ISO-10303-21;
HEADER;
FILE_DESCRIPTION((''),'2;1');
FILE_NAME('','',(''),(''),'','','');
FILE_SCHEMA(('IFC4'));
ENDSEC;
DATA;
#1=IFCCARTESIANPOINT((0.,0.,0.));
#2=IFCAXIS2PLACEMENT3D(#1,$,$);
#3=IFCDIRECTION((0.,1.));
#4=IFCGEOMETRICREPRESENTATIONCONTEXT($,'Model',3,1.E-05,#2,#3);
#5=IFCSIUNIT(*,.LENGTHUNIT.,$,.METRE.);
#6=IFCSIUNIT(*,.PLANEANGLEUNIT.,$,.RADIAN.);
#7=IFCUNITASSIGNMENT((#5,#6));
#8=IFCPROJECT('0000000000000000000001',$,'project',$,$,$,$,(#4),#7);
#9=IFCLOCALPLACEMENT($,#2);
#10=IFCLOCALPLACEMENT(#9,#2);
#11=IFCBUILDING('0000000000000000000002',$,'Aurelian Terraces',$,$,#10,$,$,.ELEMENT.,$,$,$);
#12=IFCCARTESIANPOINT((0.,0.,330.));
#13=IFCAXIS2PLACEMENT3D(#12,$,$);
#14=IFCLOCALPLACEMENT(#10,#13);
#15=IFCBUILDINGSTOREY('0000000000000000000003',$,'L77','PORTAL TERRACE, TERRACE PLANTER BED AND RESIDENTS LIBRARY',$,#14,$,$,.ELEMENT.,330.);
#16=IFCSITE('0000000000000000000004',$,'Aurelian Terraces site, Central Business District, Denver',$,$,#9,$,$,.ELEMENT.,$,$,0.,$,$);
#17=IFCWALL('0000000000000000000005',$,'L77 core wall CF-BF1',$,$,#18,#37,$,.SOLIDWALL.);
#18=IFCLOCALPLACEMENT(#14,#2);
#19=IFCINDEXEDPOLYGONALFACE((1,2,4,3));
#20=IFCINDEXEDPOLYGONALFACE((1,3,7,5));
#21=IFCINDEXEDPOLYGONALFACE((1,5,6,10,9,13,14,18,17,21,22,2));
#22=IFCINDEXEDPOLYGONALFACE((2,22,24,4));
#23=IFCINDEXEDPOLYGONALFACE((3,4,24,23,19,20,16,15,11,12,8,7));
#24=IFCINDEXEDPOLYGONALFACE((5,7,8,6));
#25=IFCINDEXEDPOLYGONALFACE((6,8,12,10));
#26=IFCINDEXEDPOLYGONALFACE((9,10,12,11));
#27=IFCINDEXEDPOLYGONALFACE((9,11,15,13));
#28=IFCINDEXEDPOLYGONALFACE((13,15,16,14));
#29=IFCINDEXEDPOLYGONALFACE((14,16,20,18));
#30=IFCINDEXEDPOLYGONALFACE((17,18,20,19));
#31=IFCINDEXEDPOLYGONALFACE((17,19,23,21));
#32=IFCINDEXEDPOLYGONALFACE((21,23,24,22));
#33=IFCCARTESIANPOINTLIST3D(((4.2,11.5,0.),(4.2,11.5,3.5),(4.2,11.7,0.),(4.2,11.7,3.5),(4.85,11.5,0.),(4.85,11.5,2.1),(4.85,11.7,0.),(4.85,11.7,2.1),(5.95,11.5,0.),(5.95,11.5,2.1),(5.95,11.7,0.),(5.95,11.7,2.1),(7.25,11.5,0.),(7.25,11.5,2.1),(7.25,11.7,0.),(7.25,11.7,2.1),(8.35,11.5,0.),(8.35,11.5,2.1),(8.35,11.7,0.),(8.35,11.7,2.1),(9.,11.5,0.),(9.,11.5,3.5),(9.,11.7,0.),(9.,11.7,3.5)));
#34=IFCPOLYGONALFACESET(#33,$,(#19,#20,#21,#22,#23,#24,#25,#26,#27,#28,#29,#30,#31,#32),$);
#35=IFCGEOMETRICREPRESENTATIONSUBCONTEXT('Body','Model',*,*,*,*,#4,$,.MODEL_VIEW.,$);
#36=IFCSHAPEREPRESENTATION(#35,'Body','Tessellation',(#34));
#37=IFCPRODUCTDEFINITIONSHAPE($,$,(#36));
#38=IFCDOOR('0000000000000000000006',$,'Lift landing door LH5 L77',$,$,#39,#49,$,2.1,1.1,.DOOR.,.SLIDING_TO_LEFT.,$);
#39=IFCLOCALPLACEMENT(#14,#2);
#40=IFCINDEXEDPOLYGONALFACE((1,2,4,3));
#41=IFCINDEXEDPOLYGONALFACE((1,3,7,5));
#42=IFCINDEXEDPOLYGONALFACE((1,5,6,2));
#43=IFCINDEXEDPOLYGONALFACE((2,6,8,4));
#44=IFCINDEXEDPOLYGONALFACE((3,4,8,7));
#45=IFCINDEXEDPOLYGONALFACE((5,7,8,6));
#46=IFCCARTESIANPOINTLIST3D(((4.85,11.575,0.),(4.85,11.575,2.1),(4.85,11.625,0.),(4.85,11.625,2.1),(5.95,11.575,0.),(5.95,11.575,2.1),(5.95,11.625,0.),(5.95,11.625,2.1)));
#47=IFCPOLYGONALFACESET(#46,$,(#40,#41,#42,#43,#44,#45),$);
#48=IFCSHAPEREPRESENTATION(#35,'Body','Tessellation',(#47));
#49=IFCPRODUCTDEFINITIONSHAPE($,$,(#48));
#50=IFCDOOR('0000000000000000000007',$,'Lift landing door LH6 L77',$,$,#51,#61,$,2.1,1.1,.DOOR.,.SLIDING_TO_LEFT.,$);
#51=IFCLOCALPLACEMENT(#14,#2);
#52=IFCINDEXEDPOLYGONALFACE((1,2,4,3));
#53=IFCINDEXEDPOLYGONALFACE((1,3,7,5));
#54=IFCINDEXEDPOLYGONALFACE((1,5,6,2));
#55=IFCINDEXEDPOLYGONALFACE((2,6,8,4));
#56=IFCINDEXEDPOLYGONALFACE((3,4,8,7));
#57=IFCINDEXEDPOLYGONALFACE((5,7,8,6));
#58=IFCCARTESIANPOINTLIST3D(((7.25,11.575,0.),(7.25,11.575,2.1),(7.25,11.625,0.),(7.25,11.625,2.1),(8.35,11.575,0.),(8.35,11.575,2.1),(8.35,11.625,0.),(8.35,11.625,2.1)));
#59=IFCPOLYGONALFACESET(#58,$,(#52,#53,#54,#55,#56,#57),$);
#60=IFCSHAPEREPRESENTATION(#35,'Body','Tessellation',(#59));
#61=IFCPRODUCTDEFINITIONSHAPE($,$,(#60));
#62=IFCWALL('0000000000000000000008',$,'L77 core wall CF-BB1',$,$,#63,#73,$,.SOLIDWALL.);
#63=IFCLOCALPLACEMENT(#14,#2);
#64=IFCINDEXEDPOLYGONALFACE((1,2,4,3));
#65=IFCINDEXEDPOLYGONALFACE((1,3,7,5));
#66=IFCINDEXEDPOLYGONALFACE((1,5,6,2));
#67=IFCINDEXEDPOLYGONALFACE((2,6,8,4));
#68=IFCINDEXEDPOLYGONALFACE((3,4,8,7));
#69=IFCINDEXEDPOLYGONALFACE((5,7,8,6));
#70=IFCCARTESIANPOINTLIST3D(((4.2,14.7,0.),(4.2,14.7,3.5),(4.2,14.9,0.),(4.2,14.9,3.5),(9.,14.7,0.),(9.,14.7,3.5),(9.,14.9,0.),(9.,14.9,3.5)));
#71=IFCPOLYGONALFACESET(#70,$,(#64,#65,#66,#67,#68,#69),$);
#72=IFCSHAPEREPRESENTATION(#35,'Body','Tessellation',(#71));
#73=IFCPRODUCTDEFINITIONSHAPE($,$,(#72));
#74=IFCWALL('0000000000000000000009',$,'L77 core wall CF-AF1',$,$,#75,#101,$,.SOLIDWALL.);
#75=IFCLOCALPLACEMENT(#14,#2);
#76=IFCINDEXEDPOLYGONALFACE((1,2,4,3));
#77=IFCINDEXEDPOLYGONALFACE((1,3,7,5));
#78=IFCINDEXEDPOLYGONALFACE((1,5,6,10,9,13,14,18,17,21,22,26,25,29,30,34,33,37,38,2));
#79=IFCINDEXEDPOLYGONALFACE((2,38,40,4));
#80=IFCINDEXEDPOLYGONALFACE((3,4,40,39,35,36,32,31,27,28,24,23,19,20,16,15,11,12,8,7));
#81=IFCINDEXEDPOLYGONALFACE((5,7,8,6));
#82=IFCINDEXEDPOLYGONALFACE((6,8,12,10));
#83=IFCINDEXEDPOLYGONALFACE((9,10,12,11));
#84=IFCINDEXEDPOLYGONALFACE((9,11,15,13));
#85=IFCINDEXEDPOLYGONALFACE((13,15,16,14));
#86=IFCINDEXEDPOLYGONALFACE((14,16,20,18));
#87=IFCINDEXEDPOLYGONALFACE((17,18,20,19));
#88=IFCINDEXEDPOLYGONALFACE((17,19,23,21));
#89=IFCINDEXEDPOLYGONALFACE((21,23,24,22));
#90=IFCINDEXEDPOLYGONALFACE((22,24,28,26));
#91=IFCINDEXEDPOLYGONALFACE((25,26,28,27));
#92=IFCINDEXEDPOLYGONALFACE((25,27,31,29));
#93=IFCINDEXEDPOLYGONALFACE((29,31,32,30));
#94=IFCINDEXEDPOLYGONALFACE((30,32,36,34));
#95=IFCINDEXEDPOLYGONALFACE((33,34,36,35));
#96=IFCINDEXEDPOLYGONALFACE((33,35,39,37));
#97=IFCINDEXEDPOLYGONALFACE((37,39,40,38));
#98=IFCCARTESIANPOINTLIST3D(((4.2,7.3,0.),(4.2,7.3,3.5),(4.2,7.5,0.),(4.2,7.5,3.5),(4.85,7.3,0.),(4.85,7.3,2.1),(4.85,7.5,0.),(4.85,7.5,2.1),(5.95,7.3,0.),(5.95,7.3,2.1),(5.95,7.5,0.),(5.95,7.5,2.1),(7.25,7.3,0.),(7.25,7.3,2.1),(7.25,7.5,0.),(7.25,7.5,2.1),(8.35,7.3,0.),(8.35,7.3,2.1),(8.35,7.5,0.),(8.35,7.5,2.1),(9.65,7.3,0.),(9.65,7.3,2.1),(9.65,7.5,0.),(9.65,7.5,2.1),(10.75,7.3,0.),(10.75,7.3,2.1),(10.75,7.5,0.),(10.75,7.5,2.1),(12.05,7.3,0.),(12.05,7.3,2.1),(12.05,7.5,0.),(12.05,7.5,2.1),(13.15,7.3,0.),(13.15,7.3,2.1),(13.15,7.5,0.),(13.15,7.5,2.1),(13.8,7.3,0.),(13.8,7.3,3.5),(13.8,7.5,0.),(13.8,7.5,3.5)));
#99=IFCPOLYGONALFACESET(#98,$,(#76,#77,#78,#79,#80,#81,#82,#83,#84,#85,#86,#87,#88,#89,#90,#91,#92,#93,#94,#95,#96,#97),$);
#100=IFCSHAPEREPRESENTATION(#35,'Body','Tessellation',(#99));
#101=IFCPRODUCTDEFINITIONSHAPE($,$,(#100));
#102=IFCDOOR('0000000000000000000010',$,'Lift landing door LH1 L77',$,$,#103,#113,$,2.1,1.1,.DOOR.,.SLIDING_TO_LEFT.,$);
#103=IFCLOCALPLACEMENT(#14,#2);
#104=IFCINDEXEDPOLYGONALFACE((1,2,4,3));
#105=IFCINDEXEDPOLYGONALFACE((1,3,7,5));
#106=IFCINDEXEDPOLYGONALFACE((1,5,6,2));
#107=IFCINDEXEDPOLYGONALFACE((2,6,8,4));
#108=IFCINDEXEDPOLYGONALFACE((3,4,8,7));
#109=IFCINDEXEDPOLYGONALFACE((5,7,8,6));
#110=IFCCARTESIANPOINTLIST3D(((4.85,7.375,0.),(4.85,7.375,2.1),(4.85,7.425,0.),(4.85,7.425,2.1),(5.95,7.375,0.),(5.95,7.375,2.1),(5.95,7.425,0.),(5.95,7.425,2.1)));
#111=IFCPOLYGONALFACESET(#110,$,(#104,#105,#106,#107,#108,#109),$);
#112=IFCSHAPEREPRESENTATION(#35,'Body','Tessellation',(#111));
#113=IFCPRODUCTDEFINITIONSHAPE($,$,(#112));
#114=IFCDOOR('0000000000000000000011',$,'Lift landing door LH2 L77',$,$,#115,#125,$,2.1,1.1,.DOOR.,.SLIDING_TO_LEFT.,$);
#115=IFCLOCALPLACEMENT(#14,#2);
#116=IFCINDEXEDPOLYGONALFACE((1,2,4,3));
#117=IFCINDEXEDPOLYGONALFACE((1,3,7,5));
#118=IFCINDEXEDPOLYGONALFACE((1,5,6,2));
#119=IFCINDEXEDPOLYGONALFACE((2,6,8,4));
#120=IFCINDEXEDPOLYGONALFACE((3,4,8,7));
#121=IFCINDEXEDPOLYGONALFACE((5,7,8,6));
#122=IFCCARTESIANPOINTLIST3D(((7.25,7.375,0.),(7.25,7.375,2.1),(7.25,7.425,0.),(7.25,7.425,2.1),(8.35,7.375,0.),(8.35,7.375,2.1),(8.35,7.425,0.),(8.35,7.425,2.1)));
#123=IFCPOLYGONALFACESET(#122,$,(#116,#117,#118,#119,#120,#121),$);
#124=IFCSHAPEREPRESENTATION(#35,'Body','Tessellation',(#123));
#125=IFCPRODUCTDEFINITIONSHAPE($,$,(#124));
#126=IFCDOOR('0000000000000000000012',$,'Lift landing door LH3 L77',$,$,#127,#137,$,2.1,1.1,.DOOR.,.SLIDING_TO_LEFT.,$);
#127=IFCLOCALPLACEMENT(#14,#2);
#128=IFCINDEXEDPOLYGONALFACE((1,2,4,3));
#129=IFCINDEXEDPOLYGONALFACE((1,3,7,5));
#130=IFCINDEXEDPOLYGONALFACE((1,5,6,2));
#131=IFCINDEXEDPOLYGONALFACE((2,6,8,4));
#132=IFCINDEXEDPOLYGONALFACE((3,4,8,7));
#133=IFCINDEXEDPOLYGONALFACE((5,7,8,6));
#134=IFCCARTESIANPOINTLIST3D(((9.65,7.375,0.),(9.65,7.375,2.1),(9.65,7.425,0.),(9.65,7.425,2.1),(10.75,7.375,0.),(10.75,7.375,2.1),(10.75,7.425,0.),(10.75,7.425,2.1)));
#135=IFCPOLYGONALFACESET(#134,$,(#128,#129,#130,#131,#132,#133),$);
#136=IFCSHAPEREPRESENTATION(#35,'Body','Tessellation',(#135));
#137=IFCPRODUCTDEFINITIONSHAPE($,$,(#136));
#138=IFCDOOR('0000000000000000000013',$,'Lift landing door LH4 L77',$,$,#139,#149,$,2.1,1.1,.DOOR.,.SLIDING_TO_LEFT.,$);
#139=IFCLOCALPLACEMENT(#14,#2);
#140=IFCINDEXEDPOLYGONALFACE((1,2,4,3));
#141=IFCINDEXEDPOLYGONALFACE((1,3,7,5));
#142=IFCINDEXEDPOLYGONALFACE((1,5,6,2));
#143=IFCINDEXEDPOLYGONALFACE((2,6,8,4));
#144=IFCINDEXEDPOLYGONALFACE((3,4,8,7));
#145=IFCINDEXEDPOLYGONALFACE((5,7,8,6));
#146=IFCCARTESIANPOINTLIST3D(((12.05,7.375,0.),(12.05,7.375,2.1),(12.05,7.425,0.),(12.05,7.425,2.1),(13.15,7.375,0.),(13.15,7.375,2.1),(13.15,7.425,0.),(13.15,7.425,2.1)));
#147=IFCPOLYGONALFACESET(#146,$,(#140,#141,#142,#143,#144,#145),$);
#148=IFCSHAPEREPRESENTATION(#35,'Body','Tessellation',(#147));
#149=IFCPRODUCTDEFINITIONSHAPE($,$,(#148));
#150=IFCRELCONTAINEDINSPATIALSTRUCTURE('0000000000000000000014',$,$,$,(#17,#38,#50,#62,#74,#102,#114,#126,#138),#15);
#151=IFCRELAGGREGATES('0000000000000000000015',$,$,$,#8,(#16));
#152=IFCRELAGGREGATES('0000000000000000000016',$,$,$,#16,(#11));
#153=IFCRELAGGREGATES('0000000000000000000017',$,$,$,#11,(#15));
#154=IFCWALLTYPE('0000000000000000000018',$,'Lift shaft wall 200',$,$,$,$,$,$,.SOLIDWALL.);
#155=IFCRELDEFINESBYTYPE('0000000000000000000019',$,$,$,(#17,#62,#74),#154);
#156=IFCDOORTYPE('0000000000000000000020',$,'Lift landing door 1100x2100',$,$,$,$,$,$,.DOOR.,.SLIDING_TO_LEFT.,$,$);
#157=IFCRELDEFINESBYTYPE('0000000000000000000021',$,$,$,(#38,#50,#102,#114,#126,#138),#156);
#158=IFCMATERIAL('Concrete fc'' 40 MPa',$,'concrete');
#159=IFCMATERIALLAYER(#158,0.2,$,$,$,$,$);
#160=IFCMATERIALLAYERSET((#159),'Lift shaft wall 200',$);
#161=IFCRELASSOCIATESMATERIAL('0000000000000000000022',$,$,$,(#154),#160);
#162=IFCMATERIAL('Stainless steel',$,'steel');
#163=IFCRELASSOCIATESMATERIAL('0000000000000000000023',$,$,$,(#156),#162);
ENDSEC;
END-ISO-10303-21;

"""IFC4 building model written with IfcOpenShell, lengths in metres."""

from ifc_helpers import new_model, si_unit, direction, frame, frame_2d, origin, place, context, subcontext, project, spatial, rectangle, extrude, source, transform, mapped, material, layer, layer_set, type_object, element, fill, save


model = new_model("IFC4")

# Units and contexts
model_context = context("Model", 3, precision=1e-05, world=origin(), true_north=direction((0.0, 1.0)))
body_context = subcontext(model_context, "Body", "Model", "MODEL_VIEW")
ifc_project = project(units=[si_unit("LENGTHUNIT", "METRE"), si_unit("PLANEANGLEUNIT", "RADIAN")], contexts=[model_context])

# Site, building, storey
site_placement = place(None, origin())
site = spatial("IfcSite", under=ifc_project, at=site_placement, Name="Aurelian Terraces site, Central Business District, Denver", CompositionType="ELEMENT", RefElevation=0.0)
building_placement = place(site_placement, origin())
building = spatial("IfcBuilding", under=site, at=building_placement, Name="Aurelian Terraces", CompositionType="ELEMENT")
storey_placement = place(building_placement, frame((0.0, 0.0, 330.0)))
storey = spatial("IfcBuildingStorey", under=building, at=storey_placement, Name="L77", Description="PORTAL TERRACE, TERRACE PLANTER BED AND RESIDENTS LIBRARY", CompositionType="ELEMENT", Elevation=330.0)

# Shared definitions
ifc_material_1 = material(Name="Concrete fc' 40 MPa", Category="concrete")

# Shared definitions
ifc_layer_1 = layer(ifc_material_1, 0.2)
ifc_layer_set_1 = layer_set([ifc_layer_1], Name="Lift shaft wall 200")
wall_type_1 = type_object("IfcWallType", Name="Lift shaft wall 200", PredefinedType="SOLIDWALL", material=ifc_layer_set_1)

# Wall, openings, doors
shared_shape_1 = source(origin(), body_context, "Body", "SweptSolid", [
    extrude(rectangle(XDim=4.8, YDim=0.2, at=frame_2d((2.4, 0.0))), origin(), (0.0, 0.0, 1.0), 3.5),
])
wall_1_placement = place(storey_placement, frame((4.2, 11.6, 0.0), z_axis=(0.0, 0.0, 1.0), x_axis=(1.0, 0.0, 0.0)))
wall_1 = element("IfcWall", 1, at=wall_1_placement, inside=storey, type_object=wall_type_1, Name="L77 core wall CF-BF1", PredefinedType="SOLIDWALL", context=body_context, shape_type="MappedRepresentation", body=[
    mapped(shared_shape_1, transform((0.0, 0.0, 0.0), scale=1.0)),
])
shared_shape_2 = source(origin(), body_context, "Body", "SweptSolid", [
    extrude(rectangle(XDim=1.1, YDim=2.1, at=frame_2d((0.55, 1.05))), frame((0.0, 0.11, 0.0), z_axis=(0.0, -1.0, 0.0), x_axis=(1.0, 0.0, 0.0)), (0.0, 0.0, 1.0), 0.22),
])
opening_1_placement = place(wall_1_placement, frame((0.65, 0.0, 0.0)))
opening_1 = element("IfcOpeningElement", 2, at=opening_1_placement, cuts=wall_1, PredefinedType="OPENING", context=body_context, shape_type="MappedRepresentation", body=[
    mapped(shared_shape_2, transform((0.0, 0.0, 0.0), scale=1.0)),
])
opening_2_placement = place(wall_1_placement, frame((3.05, 0.0, 0.0)))
opening_2 = element("IfcOpeningElement", 3, at=opening_2_placement, cuts=wall_1, PredefinedType="OPENING", context=body_context, shape_type="MappedRepresentation", body=[
    mapped(shared_shape_2, transform((0.0, 0.0, 0.0), scale=1.0)),
])
ifc_material_2 = material(Name="Stainless steel", Category="steel")
door_type_1 = type_object("IfcDoorType", Name="Lift landing door 1100x2100", OperationType="SLIDING_TO_LEFT", PredefinedType="DOOR", material=ifc_material_2)
shared_shape_3 = source(origin(), body_context, "Body", "SweptSolid", [
    extrude(rectangle(XDim=1.1, YDim=2.1, at=frame_2d((0.55, 1.05))), frame((0.0, 0.025, 0.0), z_axis=(0.0, -1.0, 0.0), x_axis=(1.0, 0.0, 0.0)), (0.0, 0.0, 1.0), 0.05),
])
door_1_placement = place(opening_1_placement, origin())
door_1 = element("IfcDoor", 4, at=door_1_placement, inside=storey, type_object=door_type_1, Name="Lift landing door LH5 L77", OperationType="SLIDING_TO_LEFT", OverallHeight=2.1, OverallWidth=1.1, PredefinedType="DOOR", context=body_context, shape_type="MappedRepresentation", body=[
    mapped(shared_shape_3, transform((0.0, 0.0, 0.0), scale=1.0)),
])
fill(opening_1, door_1)
door_2_placement = place(opening_2_placement, origin())
door_2 = element("IfcDoor", 5, at=door_2_placement, inside=storey, type_object=door_type_1, Name="Lift landing door LH6 L77", OperationType="SLIDING_TO_LEFT", OverallHeight=2.1, OverallWidth=1.1, PredefinedType="DOOR", context=body_context, shape_type="MappedRepresentation", body=[
    mapped(shared_shape_3, transform((0.0, 0.0, 0.0), scale=1.0)),
])
fill(opening_2, door_2)

# Wall
wall_2_placement = place(storey_placement, frame((4.2, 14.8, 0.0), z_axis=(0.0, 0.0, 1.0), x_axis=(1.0, 0.0, 0.0)))
element("IfcWall", 6, at=wall_2_placement, inside=storey, type_object=wall_type_1, Name="L77 core wall CF-BB1", PredefinedType="SOLIDWALL", context=body_context, shape_type="MappedRepresentation", body=[
    mapped(shared_shape_1, transform((0.0, 0.0, 0.0), scale=1.0)),
])

# Wall, openings, doors
shared_shape_4 = source(origin(), body_context, "Body", "SweptSolid", [
    extrude(rectangle(XDim=9.6, YDim=0.2, at=frame_2d((4.8, 0.0))), origin(), (0.0, 0.0, 1.0), 3.5),
])
wall_3_placement = place(storey_placement, frame((4.2, 7.4, 0.0), z_axis=(0.0, 0.0, 1.0), x_axis=(1.0, 0.0, 0.0)))
wall_3 = element("IfcWall", 7, at=wall_3_placement, inside=storey, type_object=wall_type_1, Name="L77 core wall CF-AF1", PredefinedType="SOLIDWALL", context=body_context, shape_type="MappedRepresentation", body=[
    mapped(shared_shape_4, transform((0.0, 0.0, 0.0), scale=1.0)),
])
opening_3_placement = place(wall_3_placement, frame((0.65, 0.0, 0.0)))
opening_3 = element("IfcOpeningElement", 8, at=opening_3_placement, cuts=wall_3, PredefinedType="OPENING", context=body_context, shape_type="MappedRepresentation", body=[
    mapped(shared_shape_2, transform((0.0, 0.0, 0.0), scale=1.0)),
])
opening_4_placement = place(wall_3_placement, frame((3.05, 0.0, 0.0)))
opening_4 = element("IfcOpeningElement", 9, at=opening_4_placement, cuts=wall_3, PredefinedType="OPENING", context=body_context, shape_type="MappedRepresentation", body=[
    mapped(shared_shape_2, transform((0.0, 0.0, 0.0), scale=1.0)),
])
opening_5_placement = place(wall_3_placement, frame((5.45, 0.0, 0.0)))
opening_5 = element("IfcOpeningElement", 10, at=opening_5_placement, cuts=wall_3, PredefinedType="OPENING", context=body_context, shape_type="MappedRepresentation", body=[
    mapped(shared_shape_2, transform((0.0, 0.0, 0.0), scale=1.0)),
])
opening_6_placement = place(wall_3_placement, frame((7.85, 0.0, 0.0)))
opening_6 = element("IfcOpeningElement", 11, at=opening_6_placement, cuts=wall_3, PredefinedType="OPENING", context=body_context, shape_type="MappedRepresentation", body=[
    mapped(shared_shape_2, transform((0.0, 0.0, 0.0), scale=1.0)),
])
door_3_placement = place(opening_3_placement, origin())
door_3 = element("IfcDoor", 12, at=door_3_placement, inside=storey, type_object=door_type_1, Name="Lift landing door LH1 L77", OperationType="SLIDING_TO_LEFT", OverallHeight=2.1, OverallWidth=1.1, PredefinedType="DOOR", context=body_context, shape_type="MappedRepresentation", body=[
    mapped(shared_shape_3, transform((0.0, 0.0, 0.0), scale=1.0)),
])
fill(opening_3, door_3)
door_4_placement = place(opening_4_placement, origin())
door_4 = element("IfcDoor", 13, at=door_4_placement, inside=storey, type_object=door_type_1, Name="Lift landing door LH2 L77", OperationType="SLIDING_TO_LEFT", OverallHeight=2.1, OverallWidth=1.1, PredefinedType="DOOR", context=body_context, shape_type="MappedRepresentation", body=[
    mapped(shared_shape_3, transform((0.0, 0.0, 0.0), scale=1.0)),
])
fill(opening_4, door_4)
door_5_placement = place(opening_5_placement, origin())
door_5 = element("IfcDoor", 14, at=door_5_placement, inside=storey, type_object=door_type_1, Name="Lift landing door LH3 L77", OperationType="SLIDING_TO_LEFT", OverallHeight=2.1, OverallWidth=1.1, PredefinedType="DOOR", context=body_context, shape_type="MappedRepresentation", body=[
    mapped(shared_shape_3, transform((0.0, 0.0, 0.0), scale=1.0)),
])
fill(opening_5, door_5)
door_6_placement = place(opening_6_placement, origin())
door_6 = element("IfcDoor", 15, at=door_6_placement, inside=storey, type_object=door_type_1, Name="Lift landing door LH4 L77", OperationType="SLIDING_TO_LEFT", OverallHeight=2.1, OverallWidth=1.1, PredefinedType="DOOR", context=body_context, shape_type="MappedRepresentation", body=[
    mapped(shared_shape_3, transform((0.0, 0.0, 0.0), scale=1.0)),
])
fill(opening_6, door_6)

save(model, "model.ifc")
